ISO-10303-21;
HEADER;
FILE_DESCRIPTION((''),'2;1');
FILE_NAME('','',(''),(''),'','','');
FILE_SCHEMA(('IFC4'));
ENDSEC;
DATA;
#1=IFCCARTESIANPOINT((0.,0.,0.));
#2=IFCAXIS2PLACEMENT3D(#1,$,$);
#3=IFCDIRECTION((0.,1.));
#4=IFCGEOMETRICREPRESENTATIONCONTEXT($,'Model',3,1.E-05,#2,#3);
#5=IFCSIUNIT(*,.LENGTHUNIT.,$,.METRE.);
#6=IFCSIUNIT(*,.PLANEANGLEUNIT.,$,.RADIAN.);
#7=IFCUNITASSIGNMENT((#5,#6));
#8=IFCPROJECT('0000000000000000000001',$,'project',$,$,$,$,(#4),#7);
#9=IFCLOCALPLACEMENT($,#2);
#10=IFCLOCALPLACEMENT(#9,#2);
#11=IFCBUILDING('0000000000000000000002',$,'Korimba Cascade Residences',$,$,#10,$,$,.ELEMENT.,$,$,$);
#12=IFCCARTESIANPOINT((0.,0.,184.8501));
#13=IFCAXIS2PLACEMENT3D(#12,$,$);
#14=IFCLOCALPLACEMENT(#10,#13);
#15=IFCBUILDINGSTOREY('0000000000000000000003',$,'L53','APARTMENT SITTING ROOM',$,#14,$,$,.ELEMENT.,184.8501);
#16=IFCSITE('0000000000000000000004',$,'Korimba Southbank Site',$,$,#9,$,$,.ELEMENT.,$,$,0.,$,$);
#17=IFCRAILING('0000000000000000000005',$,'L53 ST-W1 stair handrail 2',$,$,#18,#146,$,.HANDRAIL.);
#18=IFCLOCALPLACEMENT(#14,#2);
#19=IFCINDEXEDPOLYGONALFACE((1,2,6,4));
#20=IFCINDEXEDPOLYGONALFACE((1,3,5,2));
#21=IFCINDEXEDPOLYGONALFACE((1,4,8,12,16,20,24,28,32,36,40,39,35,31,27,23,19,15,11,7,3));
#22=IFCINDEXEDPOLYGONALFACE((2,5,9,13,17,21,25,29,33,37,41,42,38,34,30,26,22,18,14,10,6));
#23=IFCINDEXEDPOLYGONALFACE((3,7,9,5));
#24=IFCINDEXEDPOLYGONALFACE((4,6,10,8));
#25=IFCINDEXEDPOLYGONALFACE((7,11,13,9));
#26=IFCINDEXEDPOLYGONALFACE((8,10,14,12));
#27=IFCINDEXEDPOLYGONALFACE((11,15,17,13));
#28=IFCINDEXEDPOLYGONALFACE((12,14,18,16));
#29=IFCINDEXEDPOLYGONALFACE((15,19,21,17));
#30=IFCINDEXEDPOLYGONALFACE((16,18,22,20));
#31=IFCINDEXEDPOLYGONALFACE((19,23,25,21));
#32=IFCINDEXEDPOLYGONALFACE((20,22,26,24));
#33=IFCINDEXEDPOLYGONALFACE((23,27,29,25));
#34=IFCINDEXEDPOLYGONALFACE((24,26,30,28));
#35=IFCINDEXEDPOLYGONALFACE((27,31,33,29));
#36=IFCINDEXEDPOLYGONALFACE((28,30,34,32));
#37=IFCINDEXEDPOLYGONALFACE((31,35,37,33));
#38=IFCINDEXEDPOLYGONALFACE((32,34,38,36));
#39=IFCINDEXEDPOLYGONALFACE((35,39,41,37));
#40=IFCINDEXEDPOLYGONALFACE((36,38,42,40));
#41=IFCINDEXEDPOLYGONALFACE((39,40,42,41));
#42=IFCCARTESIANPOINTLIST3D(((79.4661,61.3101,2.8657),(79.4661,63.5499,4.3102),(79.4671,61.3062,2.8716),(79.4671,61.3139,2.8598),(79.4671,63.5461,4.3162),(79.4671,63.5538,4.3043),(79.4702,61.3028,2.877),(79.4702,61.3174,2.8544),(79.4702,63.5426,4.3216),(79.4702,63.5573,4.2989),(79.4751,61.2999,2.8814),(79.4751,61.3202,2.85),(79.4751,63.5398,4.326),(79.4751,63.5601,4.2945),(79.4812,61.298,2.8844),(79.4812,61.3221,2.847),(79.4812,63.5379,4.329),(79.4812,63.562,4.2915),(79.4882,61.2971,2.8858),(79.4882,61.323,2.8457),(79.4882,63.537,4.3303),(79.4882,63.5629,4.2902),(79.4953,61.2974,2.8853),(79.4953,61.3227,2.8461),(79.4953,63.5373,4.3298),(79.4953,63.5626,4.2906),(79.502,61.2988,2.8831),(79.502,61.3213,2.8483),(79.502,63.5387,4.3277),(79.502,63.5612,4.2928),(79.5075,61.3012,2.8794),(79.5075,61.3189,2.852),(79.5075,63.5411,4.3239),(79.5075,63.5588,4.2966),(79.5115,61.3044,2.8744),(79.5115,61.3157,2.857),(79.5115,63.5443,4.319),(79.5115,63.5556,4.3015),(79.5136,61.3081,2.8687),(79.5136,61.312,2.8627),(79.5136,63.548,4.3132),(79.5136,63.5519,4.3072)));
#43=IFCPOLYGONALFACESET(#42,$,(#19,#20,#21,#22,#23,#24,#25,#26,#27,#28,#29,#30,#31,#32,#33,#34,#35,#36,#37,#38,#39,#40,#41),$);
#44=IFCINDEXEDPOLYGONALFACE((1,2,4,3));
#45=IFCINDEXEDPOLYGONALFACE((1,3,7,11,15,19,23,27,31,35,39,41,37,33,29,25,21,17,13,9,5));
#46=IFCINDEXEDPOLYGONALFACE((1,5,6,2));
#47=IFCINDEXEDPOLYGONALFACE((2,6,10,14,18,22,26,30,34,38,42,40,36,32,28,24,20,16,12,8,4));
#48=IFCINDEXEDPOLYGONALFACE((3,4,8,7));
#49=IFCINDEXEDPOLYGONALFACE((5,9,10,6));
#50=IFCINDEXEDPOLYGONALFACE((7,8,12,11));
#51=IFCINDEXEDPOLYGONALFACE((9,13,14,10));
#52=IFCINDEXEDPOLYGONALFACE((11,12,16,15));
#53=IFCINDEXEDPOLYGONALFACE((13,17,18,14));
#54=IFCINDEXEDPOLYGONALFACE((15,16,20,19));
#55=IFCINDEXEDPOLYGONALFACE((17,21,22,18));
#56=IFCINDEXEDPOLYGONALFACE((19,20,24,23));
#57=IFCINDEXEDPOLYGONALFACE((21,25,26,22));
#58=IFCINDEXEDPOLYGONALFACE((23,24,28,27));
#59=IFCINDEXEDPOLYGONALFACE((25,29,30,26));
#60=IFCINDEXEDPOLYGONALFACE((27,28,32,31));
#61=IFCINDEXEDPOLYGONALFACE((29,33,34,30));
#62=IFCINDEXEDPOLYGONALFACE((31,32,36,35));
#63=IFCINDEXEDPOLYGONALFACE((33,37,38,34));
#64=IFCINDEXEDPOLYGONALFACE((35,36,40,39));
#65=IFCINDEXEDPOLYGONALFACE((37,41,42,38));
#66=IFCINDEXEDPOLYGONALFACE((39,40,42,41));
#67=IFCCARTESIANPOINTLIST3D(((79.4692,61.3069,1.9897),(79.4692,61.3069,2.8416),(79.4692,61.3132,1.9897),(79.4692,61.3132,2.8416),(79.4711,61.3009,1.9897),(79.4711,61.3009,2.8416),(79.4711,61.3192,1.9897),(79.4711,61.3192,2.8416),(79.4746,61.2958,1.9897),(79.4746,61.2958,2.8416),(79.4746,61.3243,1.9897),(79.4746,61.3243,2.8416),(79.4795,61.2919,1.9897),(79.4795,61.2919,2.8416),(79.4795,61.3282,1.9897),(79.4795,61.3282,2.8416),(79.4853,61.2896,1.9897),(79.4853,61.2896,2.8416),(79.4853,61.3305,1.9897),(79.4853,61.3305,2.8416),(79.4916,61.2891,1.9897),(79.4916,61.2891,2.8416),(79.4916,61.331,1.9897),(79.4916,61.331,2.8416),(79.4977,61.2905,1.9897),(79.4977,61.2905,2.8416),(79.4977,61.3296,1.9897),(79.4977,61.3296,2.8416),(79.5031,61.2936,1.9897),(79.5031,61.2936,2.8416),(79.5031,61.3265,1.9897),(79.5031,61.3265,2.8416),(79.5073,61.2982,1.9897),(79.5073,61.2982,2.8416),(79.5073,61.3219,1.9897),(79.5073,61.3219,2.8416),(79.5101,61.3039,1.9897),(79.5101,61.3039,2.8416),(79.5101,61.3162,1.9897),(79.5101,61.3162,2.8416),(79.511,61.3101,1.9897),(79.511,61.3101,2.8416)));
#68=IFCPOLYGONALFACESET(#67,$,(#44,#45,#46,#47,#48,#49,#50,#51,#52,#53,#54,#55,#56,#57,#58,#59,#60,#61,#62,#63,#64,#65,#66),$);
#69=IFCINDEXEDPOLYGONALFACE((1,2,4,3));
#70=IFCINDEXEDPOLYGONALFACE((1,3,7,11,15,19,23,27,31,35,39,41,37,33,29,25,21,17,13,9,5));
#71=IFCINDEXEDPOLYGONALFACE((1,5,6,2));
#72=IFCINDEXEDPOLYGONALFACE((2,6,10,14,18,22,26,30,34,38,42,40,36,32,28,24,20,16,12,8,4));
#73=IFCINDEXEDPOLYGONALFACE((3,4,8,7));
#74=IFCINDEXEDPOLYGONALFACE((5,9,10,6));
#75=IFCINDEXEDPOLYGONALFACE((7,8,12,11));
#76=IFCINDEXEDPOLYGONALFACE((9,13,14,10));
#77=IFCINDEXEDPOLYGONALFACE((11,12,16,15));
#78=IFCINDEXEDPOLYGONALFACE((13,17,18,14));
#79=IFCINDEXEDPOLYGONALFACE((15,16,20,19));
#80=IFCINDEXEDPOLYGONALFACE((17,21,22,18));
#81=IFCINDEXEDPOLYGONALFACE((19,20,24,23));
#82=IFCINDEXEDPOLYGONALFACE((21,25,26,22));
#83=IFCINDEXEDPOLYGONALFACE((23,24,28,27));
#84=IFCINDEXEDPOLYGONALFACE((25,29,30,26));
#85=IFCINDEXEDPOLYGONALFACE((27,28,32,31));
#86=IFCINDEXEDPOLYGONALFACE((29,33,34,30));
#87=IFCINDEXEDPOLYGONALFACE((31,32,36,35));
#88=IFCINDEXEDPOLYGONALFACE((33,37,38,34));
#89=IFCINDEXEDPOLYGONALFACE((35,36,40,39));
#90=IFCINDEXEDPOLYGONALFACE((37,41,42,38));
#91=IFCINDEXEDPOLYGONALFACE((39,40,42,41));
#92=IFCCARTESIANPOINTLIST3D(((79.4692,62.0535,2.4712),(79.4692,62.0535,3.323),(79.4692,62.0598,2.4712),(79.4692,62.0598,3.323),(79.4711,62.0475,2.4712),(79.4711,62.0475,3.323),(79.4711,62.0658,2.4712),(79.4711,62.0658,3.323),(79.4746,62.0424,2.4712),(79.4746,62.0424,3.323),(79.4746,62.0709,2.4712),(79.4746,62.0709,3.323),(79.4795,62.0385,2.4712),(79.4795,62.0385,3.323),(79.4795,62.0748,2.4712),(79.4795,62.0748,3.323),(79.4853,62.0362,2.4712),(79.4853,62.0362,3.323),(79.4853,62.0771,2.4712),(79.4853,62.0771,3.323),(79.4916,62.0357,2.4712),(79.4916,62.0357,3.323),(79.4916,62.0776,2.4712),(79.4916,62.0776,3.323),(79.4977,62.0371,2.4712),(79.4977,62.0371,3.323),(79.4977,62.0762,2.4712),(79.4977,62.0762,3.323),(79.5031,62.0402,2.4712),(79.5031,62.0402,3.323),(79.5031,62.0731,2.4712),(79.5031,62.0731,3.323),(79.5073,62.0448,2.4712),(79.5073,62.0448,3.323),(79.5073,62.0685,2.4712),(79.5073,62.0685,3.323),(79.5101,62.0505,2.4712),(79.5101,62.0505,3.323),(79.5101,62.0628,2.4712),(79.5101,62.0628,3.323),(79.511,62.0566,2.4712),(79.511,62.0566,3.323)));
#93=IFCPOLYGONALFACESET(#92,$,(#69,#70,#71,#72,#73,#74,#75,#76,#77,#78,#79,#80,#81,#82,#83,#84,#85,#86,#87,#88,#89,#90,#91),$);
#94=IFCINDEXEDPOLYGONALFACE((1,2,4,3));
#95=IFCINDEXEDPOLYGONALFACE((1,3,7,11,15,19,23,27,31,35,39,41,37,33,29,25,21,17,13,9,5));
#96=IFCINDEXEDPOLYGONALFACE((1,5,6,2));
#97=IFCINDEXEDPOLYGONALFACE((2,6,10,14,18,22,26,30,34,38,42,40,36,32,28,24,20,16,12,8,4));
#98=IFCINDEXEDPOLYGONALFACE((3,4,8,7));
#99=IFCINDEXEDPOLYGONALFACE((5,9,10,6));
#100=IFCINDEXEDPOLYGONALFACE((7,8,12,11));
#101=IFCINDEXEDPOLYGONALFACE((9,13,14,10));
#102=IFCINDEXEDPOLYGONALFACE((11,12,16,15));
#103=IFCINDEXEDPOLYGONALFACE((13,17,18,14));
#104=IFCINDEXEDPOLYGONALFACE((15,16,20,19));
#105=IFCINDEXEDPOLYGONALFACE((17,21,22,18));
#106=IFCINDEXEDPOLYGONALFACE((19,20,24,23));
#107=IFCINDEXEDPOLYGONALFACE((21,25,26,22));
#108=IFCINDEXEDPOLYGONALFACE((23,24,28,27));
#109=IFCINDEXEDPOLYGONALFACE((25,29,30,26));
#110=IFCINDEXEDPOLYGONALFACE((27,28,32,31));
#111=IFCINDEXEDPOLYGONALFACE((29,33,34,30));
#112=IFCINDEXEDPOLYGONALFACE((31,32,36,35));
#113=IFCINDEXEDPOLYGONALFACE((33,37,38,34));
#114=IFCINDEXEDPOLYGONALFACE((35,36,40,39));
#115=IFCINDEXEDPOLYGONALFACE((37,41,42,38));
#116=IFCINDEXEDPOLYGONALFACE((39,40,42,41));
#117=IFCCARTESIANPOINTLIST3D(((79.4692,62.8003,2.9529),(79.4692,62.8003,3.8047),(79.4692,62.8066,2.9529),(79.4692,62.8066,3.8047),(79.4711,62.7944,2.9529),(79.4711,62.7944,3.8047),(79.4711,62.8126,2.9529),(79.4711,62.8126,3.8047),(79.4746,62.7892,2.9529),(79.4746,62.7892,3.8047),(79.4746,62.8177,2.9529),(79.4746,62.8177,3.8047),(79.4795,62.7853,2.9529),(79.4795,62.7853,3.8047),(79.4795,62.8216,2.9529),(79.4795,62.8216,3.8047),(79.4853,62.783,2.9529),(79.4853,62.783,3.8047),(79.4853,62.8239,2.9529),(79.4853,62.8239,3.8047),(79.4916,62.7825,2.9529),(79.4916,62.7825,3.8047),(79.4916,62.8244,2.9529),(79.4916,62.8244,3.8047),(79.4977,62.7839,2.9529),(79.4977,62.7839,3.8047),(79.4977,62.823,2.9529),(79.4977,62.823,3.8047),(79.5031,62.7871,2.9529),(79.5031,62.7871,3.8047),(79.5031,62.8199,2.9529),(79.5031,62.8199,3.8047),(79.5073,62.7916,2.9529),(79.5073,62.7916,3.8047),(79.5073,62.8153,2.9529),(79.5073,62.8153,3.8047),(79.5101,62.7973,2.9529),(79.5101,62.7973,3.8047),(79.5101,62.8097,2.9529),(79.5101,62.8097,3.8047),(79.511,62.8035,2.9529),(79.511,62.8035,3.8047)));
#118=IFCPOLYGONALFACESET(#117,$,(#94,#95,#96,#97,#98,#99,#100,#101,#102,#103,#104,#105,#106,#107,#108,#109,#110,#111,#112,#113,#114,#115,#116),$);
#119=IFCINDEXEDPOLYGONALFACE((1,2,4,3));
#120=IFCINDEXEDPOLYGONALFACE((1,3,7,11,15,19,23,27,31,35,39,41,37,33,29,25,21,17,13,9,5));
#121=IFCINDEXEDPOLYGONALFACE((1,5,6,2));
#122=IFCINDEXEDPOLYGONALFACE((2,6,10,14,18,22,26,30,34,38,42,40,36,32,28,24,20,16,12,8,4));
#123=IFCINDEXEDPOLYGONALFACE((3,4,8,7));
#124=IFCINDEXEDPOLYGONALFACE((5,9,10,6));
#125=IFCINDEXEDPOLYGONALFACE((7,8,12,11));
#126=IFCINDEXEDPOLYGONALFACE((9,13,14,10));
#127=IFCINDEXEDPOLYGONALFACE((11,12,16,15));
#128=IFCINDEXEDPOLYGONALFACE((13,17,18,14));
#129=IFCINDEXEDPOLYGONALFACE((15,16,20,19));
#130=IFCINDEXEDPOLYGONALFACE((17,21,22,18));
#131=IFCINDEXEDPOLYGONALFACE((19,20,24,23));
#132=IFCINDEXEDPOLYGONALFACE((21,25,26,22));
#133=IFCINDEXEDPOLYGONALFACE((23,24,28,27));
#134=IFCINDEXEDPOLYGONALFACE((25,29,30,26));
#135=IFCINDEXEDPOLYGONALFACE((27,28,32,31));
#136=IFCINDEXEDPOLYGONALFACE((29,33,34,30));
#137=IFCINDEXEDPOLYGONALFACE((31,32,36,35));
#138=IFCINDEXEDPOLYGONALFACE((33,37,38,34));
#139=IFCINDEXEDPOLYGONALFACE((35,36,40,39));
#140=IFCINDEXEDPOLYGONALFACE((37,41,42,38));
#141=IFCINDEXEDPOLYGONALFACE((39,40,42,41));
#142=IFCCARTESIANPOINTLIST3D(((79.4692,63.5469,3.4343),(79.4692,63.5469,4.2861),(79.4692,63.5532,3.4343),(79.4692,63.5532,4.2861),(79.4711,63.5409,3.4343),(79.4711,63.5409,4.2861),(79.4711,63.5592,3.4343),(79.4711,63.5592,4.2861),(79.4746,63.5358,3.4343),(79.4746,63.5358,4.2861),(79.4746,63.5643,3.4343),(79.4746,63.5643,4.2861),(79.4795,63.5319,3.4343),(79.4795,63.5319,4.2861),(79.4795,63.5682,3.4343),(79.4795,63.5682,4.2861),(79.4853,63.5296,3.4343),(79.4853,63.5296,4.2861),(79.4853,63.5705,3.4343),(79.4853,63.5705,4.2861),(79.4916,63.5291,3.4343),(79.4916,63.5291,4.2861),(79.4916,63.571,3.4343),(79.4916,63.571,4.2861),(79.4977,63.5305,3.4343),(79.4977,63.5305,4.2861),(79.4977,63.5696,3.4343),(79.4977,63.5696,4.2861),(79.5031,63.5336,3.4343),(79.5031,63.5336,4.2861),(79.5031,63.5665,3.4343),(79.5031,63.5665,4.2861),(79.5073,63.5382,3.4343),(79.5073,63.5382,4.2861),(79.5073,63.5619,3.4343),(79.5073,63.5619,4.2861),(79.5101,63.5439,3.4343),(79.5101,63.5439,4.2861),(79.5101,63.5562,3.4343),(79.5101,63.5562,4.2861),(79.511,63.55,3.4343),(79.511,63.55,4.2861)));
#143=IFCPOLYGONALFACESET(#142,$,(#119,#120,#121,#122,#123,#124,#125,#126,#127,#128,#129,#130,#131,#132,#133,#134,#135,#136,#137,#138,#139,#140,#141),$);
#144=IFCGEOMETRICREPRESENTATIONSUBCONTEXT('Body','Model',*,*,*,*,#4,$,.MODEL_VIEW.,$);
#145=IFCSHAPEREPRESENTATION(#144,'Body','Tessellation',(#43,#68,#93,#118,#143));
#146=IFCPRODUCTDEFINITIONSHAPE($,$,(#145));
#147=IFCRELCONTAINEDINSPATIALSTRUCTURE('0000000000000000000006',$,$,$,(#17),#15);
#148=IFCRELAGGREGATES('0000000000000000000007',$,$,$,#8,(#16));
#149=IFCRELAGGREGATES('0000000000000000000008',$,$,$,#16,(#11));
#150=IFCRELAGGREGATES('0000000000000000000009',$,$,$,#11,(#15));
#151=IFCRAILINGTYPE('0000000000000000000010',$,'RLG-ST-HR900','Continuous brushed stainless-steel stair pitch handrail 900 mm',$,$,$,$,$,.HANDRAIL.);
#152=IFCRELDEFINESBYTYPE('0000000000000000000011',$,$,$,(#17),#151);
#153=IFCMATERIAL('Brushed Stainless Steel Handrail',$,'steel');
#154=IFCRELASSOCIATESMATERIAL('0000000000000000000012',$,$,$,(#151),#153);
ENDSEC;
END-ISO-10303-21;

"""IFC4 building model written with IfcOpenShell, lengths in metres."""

from ifc_helpers import new_model, si_unit, direction, frame, origin, origin_2d, place, context, subcontext, project, spatial, circle, extrude, material, type_object, element, save


model = new_model("IFC4")

# Units and contexts
model_context = context("Model", 3, precision=1e-05, world=origin(), true_north=direction((0.0, 1.0)))
body_context = subcontext(model_context, "Body", "Model", "MODEL_VIEW")
ifc_project = project(units=[si_unit("LENGTHUNIT", "METRE"), si_unit("PLANEANGLEUNIT", "RADIAN")], contexts=[model_context])

# Site, building, storey
site_placement = place(None, origin())
site = spatial("IfcSite", under=ifc_project, at=site_placement, Name="Korimba Southbank Site", CompositionType="ELEMENT", RefElevation=0.0)
building_placement = place(site_placement, origin())
building = spatial("IfcBuilding", under=site, at=building_placement, Name="Korimba Cascade Residences", CompositionType="ELEMENT")
storey_placement = place(building_placement, frame((0.0, 0.0, 184.8501)))
storey = spatial("IfcBuildingStorey", under=building, at=storey_placement, Name="L53", Description="APARTMENT SITTING ROOM", CompositionType="ELEMENT", Elevation=184.8501)

# Railing
ifc_material_1 = material(Name="Brushed Stainless Steel Handrail", Category="steel")
railing_type_1 = type_object("IfcRailingType", Name="RLG-ST-HR900", Description="Continuous brushed stainless-steel stair pitch handrail 900 mm", PredefinedType="HANDRAIL", material=ifc_material_1)
railing_1_placement = place(storey_placement, frame((79.49, 61.3101, 1.9897)))
element("IfcRailing", 1, at=railing_1_placement, inside=storey, type_object=railing_type_1, Name="L53 ST-W1 stair handrail 2", PredefinedType="HANDRAIL", context=body_context, shape_type="SweptSolid", body=[
    extrude(circle(Radius=0.0239, at=origin_2d()), frame((0.0, 0.0, 0.876), z_axis=(0.0, 0.840395, 0.541975), x_axis=(-1.0, 0.0, 0.0)), (0.0, 0.0, 1.0), 2.6653),
    extrude(circle(Radius=0.021, at=origin_2d()), origin(), (0.0, 0.0, 1.0), 0.8518),
    extrude(circle(Radius=0.021, at=origin_2d()), frame((0.0, 0.7466, 0.4814)), (0.0, 0.0, 1.0), 0.8518),
    extrude(circle(Radius=0.021, at=origin_2d()), frame((0.0, 1.4934, 0.9631)), (0.0, 0.0, 1.0), 0.8518),
    extrude(circle(Radius=0.021, at=origin_2d()), frame((0.0, 2.24, 1.4446)), (0.0, 0.0, 1.0), 0.8518),
])

save(model, "model.ifc")
